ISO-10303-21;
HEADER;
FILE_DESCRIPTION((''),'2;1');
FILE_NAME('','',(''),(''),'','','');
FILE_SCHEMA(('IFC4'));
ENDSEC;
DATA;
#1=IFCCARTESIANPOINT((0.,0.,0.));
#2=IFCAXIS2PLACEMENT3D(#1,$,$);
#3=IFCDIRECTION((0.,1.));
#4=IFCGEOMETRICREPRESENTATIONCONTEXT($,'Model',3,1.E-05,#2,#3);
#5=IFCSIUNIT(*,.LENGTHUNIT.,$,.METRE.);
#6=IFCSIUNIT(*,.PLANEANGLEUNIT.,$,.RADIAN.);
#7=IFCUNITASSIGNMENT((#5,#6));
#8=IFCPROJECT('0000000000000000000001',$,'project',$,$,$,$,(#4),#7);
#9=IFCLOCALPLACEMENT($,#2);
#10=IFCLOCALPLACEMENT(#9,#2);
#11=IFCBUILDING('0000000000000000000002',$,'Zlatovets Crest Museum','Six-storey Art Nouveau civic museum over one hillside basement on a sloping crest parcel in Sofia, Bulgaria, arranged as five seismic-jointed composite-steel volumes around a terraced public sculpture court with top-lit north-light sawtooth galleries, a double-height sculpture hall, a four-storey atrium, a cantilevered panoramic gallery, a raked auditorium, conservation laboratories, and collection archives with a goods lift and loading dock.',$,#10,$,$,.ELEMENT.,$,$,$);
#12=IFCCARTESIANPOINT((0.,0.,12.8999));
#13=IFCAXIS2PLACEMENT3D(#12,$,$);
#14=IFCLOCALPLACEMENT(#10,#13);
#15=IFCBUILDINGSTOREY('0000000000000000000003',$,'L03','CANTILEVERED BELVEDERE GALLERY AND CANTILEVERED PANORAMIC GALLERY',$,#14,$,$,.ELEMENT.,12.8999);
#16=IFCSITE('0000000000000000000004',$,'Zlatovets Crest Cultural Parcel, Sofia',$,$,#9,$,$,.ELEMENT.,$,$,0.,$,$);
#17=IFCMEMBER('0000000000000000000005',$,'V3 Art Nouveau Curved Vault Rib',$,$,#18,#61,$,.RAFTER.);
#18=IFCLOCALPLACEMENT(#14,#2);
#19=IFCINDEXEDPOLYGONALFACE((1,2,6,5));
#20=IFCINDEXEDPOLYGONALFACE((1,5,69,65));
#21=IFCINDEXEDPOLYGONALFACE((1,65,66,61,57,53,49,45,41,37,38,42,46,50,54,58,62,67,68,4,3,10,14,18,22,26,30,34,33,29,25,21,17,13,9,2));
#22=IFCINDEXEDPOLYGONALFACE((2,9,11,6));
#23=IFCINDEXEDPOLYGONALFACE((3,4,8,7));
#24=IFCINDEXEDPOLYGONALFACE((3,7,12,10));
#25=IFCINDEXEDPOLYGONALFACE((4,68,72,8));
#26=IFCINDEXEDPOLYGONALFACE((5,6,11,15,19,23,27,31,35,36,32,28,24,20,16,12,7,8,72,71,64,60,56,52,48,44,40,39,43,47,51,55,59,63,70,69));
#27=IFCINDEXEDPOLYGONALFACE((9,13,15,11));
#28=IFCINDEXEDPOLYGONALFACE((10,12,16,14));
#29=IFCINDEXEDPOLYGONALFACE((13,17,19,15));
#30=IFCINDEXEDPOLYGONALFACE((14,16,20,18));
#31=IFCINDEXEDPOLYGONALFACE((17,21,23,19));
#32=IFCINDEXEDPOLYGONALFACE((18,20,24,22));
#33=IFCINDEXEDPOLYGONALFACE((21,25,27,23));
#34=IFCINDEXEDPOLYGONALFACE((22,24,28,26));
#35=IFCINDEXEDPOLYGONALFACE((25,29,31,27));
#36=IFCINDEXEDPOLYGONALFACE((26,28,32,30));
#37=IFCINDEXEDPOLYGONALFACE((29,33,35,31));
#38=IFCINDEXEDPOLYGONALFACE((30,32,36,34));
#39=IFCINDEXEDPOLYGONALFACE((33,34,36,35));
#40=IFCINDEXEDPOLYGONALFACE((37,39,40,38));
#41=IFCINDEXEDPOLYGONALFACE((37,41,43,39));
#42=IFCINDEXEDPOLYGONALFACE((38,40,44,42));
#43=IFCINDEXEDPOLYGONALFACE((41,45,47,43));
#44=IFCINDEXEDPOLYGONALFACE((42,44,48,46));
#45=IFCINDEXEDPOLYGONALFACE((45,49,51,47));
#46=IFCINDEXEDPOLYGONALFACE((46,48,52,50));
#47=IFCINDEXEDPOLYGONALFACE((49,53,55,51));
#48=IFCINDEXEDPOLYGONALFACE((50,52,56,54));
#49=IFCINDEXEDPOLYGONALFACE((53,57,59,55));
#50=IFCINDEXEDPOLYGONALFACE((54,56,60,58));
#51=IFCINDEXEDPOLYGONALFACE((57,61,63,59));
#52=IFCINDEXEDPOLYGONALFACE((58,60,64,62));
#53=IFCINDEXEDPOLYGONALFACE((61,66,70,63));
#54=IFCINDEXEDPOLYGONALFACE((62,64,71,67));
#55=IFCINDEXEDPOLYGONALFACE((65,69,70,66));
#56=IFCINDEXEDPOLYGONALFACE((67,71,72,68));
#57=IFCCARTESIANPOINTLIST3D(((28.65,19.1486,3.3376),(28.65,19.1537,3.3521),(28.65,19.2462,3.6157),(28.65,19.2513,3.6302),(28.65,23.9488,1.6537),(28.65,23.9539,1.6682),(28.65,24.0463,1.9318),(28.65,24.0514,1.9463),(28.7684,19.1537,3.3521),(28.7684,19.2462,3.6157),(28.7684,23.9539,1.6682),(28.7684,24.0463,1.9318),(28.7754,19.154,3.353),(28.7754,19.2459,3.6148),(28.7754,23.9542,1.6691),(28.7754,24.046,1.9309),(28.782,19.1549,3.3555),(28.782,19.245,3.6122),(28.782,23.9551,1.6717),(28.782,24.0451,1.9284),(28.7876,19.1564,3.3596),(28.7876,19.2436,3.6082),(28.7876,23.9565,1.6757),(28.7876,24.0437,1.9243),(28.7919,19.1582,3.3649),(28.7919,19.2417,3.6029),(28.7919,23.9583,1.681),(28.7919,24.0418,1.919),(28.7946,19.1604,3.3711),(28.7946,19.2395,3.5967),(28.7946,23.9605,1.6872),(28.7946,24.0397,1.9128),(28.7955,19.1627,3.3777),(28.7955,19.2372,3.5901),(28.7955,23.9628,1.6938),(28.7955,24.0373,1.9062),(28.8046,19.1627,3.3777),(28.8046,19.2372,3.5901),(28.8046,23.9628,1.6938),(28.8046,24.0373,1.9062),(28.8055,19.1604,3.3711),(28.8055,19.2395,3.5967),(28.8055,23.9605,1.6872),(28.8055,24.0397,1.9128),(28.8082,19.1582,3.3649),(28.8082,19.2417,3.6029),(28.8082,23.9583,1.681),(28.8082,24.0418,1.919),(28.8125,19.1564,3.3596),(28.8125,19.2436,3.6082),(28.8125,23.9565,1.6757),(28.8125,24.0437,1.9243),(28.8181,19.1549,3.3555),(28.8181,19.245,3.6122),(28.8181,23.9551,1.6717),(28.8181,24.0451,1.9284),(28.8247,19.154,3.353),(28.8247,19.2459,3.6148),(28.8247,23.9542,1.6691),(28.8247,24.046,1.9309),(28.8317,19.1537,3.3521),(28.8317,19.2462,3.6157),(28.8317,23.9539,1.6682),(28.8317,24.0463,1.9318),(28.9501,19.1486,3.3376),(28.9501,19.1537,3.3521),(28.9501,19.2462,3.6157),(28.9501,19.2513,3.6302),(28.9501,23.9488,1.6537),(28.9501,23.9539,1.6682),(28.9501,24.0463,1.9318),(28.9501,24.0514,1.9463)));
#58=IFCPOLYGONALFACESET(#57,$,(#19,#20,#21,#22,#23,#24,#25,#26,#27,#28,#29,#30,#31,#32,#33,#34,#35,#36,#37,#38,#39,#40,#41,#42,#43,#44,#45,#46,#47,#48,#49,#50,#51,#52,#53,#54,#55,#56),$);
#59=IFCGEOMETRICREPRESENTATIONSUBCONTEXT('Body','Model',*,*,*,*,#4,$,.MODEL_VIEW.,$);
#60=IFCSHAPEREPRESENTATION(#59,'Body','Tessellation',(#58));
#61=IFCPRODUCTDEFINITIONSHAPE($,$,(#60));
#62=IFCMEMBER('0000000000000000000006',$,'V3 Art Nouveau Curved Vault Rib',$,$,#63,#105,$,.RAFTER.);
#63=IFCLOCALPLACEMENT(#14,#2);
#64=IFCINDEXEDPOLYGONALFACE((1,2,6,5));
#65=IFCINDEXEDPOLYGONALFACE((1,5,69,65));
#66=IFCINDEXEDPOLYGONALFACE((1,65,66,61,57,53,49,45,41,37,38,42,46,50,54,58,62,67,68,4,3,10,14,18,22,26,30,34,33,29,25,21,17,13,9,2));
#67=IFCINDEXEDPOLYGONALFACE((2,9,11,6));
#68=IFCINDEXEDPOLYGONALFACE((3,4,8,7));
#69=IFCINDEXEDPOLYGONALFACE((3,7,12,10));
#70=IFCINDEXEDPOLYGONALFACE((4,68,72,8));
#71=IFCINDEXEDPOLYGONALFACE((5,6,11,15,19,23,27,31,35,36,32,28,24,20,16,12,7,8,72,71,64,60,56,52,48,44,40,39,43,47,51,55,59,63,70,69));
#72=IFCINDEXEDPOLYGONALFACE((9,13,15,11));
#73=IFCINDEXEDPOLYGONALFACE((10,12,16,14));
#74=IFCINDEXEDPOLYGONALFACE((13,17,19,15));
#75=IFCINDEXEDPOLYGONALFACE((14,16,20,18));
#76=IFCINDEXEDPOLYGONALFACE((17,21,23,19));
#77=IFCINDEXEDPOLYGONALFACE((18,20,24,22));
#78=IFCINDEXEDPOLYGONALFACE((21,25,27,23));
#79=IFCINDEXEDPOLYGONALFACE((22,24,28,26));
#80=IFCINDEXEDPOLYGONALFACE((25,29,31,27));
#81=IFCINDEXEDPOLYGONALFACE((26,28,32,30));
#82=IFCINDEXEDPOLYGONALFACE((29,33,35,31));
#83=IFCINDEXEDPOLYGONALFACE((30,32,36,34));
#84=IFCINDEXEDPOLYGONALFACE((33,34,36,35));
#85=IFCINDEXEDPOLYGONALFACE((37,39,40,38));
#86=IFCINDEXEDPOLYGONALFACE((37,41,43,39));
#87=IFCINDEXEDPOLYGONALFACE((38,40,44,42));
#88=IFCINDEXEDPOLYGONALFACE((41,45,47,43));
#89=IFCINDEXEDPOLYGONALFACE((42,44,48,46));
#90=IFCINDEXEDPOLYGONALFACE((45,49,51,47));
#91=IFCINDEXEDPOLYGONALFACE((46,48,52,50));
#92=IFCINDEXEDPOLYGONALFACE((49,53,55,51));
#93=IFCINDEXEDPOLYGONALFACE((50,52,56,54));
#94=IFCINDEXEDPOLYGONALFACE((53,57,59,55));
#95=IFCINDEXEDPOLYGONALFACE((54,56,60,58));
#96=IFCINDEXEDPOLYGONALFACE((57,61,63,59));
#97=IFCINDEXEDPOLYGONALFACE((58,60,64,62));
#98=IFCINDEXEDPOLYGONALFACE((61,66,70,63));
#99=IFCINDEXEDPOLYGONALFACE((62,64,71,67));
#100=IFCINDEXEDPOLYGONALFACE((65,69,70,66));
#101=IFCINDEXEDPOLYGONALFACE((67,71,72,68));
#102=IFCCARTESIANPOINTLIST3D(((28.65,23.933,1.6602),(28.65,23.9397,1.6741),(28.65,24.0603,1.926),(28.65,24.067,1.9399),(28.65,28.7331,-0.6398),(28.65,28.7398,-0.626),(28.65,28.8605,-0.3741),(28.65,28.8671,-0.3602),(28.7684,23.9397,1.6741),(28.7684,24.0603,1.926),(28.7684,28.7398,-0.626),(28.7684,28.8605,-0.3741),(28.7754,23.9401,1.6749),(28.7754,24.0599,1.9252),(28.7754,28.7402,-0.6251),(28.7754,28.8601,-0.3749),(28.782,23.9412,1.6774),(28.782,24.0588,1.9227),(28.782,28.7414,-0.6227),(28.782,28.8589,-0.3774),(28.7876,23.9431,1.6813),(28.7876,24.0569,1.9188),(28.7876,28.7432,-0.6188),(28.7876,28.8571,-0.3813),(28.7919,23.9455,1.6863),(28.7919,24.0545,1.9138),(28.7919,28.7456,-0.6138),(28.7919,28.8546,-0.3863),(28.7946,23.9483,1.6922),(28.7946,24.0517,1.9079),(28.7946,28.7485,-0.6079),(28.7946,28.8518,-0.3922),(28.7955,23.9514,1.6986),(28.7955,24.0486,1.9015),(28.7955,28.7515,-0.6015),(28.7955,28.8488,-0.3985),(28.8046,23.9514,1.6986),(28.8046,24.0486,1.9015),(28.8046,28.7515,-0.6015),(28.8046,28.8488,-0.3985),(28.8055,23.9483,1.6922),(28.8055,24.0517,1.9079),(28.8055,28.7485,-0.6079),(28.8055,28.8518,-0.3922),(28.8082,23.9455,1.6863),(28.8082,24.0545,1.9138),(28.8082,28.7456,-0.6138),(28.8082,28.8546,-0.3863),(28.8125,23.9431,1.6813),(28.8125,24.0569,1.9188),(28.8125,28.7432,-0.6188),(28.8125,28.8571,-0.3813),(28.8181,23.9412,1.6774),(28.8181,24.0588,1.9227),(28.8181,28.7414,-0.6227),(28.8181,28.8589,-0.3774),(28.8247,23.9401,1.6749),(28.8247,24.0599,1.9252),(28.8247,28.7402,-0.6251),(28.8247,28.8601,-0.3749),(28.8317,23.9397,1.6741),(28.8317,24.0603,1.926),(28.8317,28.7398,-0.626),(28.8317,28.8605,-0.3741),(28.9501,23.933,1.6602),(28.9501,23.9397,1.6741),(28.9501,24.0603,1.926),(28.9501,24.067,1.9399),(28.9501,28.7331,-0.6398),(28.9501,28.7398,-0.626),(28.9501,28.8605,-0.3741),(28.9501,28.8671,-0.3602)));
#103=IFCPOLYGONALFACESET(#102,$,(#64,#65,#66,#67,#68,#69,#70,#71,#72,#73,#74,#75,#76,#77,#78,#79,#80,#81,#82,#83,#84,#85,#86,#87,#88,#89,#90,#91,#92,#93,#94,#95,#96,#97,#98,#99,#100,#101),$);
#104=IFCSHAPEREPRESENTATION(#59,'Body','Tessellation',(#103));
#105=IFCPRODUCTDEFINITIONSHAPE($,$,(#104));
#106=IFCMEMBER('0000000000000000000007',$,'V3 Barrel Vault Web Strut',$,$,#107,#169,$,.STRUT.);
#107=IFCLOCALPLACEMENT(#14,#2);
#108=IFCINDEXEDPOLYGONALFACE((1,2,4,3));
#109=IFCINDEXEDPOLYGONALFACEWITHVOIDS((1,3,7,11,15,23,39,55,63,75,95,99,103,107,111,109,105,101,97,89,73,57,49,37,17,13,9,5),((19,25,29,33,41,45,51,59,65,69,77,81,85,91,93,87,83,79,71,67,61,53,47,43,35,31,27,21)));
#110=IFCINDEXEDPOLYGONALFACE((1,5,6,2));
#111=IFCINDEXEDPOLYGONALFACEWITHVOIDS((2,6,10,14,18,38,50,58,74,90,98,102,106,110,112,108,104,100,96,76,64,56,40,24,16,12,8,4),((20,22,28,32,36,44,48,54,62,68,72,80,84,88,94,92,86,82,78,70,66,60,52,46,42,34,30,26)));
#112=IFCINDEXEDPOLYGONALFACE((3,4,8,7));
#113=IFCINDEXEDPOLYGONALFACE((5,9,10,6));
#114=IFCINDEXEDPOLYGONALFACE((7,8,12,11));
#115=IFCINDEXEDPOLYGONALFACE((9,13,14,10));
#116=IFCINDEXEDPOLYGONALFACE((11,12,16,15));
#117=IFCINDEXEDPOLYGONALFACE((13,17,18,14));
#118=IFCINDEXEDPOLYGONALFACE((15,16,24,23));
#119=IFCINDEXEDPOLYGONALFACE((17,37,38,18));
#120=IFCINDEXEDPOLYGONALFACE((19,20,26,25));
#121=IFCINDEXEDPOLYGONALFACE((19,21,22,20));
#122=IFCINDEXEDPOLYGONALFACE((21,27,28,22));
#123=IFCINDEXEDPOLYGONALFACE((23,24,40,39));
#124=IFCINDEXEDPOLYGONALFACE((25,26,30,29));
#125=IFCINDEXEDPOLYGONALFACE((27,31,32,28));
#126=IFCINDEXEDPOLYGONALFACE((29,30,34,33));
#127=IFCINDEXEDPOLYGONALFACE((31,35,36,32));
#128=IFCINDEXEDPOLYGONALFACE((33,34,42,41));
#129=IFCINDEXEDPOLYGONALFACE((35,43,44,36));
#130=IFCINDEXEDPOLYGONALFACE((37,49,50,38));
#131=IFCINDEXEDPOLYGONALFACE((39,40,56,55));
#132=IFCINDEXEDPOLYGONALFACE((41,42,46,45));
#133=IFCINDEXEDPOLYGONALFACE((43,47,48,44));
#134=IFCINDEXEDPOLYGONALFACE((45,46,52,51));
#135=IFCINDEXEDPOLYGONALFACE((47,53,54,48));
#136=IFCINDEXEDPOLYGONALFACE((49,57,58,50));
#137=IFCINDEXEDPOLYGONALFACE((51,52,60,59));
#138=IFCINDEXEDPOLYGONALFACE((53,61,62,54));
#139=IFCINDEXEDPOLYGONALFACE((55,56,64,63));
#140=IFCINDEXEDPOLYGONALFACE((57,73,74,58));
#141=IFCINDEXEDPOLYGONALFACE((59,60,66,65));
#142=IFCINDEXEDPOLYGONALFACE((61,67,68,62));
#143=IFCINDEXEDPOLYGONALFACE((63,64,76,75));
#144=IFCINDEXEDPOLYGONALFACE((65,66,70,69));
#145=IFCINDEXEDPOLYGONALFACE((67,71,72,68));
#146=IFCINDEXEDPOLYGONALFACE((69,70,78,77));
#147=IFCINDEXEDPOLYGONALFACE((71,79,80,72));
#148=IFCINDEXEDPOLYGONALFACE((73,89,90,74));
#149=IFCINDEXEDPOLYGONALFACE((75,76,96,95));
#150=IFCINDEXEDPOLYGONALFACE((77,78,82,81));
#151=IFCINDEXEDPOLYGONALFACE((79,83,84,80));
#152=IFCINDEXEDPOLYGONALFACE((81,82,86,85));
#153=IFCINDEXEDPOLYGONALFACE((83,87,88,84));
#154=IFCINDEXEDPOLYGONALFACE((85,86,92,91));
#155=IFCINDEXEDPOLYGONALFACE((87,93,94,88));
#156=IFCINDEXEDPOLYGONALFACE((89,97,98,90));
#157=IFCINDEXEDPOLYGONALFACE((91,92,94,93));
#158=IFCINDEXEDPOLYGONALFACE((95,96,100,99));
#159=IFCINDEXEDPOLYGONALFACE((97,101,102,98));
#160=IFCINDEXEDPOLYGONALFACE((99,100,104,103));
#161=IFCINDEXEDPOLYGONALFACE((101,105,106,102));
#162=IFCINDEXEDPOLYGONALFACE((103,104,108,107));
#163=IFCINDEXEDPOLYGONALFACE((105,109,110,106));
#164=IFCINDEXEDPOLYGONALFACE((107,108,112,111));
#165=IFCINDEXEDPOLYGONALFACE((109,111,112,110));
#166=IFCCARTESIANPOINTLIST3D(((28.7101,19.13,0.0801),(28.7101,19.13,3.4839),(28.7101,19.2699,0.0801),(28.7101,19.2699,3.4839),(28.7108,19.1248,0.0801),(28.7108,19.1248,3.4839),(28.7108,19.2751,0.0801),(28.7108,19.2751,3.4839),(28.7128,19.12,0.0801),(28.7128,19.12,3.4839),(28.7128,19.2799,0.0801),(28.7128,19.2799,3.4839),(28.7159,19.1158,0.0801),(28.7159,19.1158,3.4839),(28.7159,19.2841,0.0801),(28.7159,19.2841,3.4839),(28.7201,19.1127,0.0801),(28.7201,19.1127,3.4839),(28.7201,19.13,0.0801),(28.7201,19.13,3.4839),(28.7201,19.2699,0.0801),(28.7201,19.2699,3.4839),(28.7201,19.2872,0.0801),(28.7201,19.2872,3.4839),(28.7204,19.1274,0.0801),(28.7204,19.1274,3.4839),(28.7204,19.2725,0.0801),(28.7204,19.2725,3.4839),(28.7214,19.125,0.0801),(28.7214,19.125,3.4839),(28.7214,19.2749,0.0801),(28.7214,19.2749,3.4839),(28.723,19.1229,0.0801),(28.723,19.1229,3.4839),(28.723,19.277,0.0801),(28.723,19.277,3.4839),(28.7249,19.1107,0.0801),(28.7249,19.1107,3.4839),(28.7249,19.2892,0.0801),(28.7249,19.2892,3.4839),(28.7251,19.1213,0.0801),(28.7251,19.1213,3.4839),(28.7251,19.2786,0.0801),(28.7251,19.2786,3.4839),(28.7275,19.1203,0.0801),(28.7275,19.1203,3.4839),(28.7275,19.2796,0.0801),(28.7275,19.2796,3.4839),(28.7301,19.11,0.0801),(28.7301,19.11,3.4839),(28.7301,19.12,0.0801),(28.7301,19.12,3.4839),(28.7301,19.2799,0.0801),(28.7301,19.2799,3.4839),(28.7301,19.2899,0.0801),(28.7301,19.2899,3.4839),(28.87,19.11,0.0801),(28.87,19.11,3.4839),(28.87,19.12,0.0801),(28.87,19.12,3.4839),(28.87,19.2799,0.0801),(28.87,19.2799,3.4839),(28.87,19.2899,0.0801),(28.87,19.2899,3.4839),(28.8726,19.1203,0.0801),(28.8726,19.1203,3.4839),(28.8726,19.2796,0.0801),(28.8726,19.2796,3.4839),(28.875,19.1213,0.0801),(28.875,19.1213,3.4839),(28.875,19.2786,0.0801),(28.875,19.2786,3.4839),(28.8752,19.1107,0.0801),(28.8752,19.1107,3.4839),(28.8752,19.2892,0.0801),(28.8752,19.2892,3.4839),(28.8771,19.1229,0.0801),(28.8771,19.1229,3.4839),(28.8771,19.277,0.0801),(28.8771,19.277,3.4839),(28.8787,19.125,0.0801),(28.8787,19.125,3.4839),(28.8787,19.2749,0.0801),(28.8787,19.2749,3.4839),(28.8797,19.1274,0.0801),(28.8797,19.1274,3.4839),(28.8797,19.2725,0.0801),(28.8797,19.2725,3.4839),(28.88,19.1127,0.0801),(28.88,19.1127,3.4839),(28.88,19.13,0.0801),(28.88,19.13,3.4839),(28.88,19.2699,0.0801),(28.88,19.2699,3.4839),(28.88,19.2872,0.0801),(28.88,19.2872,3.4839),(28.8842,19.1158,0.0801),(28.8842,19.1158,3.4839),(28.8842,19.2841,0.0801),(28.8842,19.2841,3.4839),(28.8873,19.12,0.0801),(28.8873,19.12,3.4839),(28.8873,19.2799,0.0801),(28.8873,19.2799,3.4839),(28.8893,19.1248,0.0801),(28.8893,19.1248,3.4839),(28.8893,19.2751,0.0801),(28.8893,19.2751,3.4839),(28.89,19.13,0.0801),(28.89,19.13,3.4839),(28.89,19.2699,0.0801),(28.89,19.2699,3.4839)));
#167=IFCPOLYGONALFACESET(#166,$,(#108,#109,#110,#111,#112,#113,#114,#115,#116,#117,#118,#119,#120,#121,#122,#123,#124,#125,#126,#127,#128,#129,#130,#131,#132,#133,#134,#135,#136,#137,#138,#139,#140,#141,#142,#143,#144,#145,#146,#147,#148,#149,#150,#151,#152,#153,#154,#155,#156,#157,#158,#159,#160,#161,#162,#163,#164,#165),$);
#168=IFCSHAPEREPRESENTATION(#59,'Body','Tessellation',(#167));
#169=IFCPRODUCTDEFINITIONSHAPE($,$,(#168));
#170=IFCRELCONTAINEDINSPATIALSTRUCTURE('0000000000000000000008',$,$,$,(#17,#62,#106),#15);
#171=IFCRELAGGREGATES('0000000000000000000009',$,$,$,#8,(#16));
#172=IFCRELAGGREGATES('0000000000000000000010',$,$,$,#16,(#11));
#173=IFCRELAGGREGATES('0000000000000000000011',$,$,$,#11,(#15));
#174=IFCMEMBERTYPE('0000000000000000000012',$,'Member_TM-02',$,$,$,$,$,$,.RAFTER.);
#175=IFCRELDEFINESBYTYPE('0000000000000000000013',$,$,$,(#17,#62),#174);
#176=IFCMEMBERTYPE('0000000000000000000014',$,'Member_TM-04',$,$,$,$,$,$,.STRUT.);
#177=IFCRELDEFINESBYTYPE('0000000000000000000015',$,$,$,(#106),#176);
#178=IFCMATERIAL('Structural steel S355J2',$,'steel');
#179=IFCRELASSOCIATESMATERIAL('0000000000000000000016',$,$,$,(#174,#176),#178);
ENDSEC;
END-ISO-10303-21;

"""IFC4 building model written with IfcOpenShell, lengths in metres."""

from ifc_helpers import new_model, si_unit, direction, frame, origin, origin_2d, place, context, subcontext, project, spatial, hollow_rectangle, i_section, extrude, material, material_profile, profile_set, type_object, element, save


model = new_model("IFC4")

# Units and contexts
model_context = context("Model", 3, precision=1e-05, world=origin(), true_north=direction((0.0, 1.0)))
body_context = subcontext(model_context, "Body", "Model", "MODEL_VIEW")
ifc_project = project(units=[si_unit("LENGTHUNIT", "METRE"), si_unit("PLANEANGLEUNIT", "RADIAN")], contexts=[model_context])

# Site, building, storey
site_placement = place(None, origin())
site = spatial("IfcSite", under=ifc_project, at=site_placement, Name="Zlatovets Crest Cultural Parcel, Sofia", CompositionType="ELEMENT", RefElevation=0.0)
building_placement = place(site_placement, origin())
building = spatial("IfcBuilding", under=site, at=building_placement, Name="Zlatovets Crest Museum", Description="Six-storey Art Nouveau civic museum over one hillside basement on a sloping crest parcel in Sofia, Bulgaria, arranged as five seismic-jointed composite-steel volumes around a terraced public sculpture court with top-lit north-light sawtooth galleries, a double-height sculpture hall, a four-storey atrium, a cantilevered panoramic gallery, a raked auditorium, conservation laboratories, and collection archives with a goods lift and loading dock.", CompositionType="ELEMENT")
storey_placement = place(building_placement, frame((0.0, 0.0, 12.8999)))
storey = spatial("IfcBuildingStorey", under=building, at=storey_placement, Name="L03", Description="CANTILEVERED BELVEDERE GALLERY AND CANTILEVERED PANORAMIC GALLERY", CompositionType="ELEMENT", Elevation=12.8999)

# Shared definitions
ifc_material_1 = material(Name="Structural steel S355J2", Category="steel")

# Members
ifc_material_profile_1 = material_profile(ifc_material_1, i_section(OverallWidth=0.3, OverallDepth=0.3101, WebThickness=0.009, FlangeThickness=0.0154, FilletRadius=0.0271, at=origin_2d()), Name="HEA 320")
ifc_profile_set_1 = profile_set([ifc_material_profile_1], Name="Structural steel S355J2")
member_type_1 = type_object("IfcMemberType", Name="Member_TM-02", PredefinedType="RAFTER", material=ifc_profile_set_1)
member_1_placement = place(storey_placement, frame((28.8, 19.2, 3.4839), z_axis=(0.0, 0.943624, -0.331019), x_axis=(-1.0, 0.0, 0.0)))
element("IfcMember", 1, at=member_1_placement, inside=storey, type_object=member_type_1, Name="V3 Art Nouveau Curved Vault Rib", PredefinedType="RAFTER", context=body_context, shape_type="SweptSolid", body=[
    extrude(i_section(OverallWidth=0.3, OverallDepth=0.3101, WebThickness=0.009, FlangeThickness=0.0154, FilletRadius=0.0271, at=origin_2d()), origin(), (0.0, 0.0, 1.0), 5.0869),
])
member_2_placement = place(storey_placement, frame((28.8, 24.0, 1.8), z_axis=(0.0, 0.901814, -0.432124), x_axis=(-1.0, 0.0, 0.0)))
element("IfcMember", 2, at=member_2_placement, inside=storey, type_object=member_type_1, Name="V3 Art Nouveau Curved Vault Rib", PredefinedType="RAFTER", context=body_context, shape_type="SweptSolid", body=[
    extrude(i_section(OverallWidth=0.3, OverallDepth=0.3101, WebThickness=0.009, FlangeThickness=0.0154, FilletRadius=0.0271, at=origin_2d()), origin(), (0.0, 0.0, 1.0), 5.3228),
])
ifc_material_profile_2 = material_profile(ifc_material_1, hollow_rectangle(XDim=0.1799, YDim=0.1799, WallThickness=0.01, InnerFilletRadius=0.01, OuterFilletRadius=0.02, at=origin_2d()), Name="SHS 180x180x10.0")
ifc_profile_set_2 = profile_set([ifc_material_profile_2], Name="Structural steel S355J2")
member_type_2 = type_object("IfcMemberType", Name="Member_TM-04", PredefinedType="STRUT", material=ifc_profile_set_2)
member_3_placement = place(storey_placement, frame((28.8, 19.2, 0.0801), z_axis=(0.0, 0.0, 1.0), x_axis=(1.0, 0.0, 0.0)))
element("IfcMember", 3, at=member_3_placement, inside=storey, type_object=member_type_2, Name="V3 Barrel Vault Web Strut", PredefinedType="STRUT", context=body_context, shape_type="SweptSolid", body=[
    extrude(hollow_rectangle(XDim=0.1799, YDim=0.1799, WallThickness=0.01, InnerFilletRadius=0.01, OuterFilletRadius=0.02, at=origin_2d()), origin(), (0.0, 0.0, 1.0), 3.4038),
])

save(model, "model.ifc")
